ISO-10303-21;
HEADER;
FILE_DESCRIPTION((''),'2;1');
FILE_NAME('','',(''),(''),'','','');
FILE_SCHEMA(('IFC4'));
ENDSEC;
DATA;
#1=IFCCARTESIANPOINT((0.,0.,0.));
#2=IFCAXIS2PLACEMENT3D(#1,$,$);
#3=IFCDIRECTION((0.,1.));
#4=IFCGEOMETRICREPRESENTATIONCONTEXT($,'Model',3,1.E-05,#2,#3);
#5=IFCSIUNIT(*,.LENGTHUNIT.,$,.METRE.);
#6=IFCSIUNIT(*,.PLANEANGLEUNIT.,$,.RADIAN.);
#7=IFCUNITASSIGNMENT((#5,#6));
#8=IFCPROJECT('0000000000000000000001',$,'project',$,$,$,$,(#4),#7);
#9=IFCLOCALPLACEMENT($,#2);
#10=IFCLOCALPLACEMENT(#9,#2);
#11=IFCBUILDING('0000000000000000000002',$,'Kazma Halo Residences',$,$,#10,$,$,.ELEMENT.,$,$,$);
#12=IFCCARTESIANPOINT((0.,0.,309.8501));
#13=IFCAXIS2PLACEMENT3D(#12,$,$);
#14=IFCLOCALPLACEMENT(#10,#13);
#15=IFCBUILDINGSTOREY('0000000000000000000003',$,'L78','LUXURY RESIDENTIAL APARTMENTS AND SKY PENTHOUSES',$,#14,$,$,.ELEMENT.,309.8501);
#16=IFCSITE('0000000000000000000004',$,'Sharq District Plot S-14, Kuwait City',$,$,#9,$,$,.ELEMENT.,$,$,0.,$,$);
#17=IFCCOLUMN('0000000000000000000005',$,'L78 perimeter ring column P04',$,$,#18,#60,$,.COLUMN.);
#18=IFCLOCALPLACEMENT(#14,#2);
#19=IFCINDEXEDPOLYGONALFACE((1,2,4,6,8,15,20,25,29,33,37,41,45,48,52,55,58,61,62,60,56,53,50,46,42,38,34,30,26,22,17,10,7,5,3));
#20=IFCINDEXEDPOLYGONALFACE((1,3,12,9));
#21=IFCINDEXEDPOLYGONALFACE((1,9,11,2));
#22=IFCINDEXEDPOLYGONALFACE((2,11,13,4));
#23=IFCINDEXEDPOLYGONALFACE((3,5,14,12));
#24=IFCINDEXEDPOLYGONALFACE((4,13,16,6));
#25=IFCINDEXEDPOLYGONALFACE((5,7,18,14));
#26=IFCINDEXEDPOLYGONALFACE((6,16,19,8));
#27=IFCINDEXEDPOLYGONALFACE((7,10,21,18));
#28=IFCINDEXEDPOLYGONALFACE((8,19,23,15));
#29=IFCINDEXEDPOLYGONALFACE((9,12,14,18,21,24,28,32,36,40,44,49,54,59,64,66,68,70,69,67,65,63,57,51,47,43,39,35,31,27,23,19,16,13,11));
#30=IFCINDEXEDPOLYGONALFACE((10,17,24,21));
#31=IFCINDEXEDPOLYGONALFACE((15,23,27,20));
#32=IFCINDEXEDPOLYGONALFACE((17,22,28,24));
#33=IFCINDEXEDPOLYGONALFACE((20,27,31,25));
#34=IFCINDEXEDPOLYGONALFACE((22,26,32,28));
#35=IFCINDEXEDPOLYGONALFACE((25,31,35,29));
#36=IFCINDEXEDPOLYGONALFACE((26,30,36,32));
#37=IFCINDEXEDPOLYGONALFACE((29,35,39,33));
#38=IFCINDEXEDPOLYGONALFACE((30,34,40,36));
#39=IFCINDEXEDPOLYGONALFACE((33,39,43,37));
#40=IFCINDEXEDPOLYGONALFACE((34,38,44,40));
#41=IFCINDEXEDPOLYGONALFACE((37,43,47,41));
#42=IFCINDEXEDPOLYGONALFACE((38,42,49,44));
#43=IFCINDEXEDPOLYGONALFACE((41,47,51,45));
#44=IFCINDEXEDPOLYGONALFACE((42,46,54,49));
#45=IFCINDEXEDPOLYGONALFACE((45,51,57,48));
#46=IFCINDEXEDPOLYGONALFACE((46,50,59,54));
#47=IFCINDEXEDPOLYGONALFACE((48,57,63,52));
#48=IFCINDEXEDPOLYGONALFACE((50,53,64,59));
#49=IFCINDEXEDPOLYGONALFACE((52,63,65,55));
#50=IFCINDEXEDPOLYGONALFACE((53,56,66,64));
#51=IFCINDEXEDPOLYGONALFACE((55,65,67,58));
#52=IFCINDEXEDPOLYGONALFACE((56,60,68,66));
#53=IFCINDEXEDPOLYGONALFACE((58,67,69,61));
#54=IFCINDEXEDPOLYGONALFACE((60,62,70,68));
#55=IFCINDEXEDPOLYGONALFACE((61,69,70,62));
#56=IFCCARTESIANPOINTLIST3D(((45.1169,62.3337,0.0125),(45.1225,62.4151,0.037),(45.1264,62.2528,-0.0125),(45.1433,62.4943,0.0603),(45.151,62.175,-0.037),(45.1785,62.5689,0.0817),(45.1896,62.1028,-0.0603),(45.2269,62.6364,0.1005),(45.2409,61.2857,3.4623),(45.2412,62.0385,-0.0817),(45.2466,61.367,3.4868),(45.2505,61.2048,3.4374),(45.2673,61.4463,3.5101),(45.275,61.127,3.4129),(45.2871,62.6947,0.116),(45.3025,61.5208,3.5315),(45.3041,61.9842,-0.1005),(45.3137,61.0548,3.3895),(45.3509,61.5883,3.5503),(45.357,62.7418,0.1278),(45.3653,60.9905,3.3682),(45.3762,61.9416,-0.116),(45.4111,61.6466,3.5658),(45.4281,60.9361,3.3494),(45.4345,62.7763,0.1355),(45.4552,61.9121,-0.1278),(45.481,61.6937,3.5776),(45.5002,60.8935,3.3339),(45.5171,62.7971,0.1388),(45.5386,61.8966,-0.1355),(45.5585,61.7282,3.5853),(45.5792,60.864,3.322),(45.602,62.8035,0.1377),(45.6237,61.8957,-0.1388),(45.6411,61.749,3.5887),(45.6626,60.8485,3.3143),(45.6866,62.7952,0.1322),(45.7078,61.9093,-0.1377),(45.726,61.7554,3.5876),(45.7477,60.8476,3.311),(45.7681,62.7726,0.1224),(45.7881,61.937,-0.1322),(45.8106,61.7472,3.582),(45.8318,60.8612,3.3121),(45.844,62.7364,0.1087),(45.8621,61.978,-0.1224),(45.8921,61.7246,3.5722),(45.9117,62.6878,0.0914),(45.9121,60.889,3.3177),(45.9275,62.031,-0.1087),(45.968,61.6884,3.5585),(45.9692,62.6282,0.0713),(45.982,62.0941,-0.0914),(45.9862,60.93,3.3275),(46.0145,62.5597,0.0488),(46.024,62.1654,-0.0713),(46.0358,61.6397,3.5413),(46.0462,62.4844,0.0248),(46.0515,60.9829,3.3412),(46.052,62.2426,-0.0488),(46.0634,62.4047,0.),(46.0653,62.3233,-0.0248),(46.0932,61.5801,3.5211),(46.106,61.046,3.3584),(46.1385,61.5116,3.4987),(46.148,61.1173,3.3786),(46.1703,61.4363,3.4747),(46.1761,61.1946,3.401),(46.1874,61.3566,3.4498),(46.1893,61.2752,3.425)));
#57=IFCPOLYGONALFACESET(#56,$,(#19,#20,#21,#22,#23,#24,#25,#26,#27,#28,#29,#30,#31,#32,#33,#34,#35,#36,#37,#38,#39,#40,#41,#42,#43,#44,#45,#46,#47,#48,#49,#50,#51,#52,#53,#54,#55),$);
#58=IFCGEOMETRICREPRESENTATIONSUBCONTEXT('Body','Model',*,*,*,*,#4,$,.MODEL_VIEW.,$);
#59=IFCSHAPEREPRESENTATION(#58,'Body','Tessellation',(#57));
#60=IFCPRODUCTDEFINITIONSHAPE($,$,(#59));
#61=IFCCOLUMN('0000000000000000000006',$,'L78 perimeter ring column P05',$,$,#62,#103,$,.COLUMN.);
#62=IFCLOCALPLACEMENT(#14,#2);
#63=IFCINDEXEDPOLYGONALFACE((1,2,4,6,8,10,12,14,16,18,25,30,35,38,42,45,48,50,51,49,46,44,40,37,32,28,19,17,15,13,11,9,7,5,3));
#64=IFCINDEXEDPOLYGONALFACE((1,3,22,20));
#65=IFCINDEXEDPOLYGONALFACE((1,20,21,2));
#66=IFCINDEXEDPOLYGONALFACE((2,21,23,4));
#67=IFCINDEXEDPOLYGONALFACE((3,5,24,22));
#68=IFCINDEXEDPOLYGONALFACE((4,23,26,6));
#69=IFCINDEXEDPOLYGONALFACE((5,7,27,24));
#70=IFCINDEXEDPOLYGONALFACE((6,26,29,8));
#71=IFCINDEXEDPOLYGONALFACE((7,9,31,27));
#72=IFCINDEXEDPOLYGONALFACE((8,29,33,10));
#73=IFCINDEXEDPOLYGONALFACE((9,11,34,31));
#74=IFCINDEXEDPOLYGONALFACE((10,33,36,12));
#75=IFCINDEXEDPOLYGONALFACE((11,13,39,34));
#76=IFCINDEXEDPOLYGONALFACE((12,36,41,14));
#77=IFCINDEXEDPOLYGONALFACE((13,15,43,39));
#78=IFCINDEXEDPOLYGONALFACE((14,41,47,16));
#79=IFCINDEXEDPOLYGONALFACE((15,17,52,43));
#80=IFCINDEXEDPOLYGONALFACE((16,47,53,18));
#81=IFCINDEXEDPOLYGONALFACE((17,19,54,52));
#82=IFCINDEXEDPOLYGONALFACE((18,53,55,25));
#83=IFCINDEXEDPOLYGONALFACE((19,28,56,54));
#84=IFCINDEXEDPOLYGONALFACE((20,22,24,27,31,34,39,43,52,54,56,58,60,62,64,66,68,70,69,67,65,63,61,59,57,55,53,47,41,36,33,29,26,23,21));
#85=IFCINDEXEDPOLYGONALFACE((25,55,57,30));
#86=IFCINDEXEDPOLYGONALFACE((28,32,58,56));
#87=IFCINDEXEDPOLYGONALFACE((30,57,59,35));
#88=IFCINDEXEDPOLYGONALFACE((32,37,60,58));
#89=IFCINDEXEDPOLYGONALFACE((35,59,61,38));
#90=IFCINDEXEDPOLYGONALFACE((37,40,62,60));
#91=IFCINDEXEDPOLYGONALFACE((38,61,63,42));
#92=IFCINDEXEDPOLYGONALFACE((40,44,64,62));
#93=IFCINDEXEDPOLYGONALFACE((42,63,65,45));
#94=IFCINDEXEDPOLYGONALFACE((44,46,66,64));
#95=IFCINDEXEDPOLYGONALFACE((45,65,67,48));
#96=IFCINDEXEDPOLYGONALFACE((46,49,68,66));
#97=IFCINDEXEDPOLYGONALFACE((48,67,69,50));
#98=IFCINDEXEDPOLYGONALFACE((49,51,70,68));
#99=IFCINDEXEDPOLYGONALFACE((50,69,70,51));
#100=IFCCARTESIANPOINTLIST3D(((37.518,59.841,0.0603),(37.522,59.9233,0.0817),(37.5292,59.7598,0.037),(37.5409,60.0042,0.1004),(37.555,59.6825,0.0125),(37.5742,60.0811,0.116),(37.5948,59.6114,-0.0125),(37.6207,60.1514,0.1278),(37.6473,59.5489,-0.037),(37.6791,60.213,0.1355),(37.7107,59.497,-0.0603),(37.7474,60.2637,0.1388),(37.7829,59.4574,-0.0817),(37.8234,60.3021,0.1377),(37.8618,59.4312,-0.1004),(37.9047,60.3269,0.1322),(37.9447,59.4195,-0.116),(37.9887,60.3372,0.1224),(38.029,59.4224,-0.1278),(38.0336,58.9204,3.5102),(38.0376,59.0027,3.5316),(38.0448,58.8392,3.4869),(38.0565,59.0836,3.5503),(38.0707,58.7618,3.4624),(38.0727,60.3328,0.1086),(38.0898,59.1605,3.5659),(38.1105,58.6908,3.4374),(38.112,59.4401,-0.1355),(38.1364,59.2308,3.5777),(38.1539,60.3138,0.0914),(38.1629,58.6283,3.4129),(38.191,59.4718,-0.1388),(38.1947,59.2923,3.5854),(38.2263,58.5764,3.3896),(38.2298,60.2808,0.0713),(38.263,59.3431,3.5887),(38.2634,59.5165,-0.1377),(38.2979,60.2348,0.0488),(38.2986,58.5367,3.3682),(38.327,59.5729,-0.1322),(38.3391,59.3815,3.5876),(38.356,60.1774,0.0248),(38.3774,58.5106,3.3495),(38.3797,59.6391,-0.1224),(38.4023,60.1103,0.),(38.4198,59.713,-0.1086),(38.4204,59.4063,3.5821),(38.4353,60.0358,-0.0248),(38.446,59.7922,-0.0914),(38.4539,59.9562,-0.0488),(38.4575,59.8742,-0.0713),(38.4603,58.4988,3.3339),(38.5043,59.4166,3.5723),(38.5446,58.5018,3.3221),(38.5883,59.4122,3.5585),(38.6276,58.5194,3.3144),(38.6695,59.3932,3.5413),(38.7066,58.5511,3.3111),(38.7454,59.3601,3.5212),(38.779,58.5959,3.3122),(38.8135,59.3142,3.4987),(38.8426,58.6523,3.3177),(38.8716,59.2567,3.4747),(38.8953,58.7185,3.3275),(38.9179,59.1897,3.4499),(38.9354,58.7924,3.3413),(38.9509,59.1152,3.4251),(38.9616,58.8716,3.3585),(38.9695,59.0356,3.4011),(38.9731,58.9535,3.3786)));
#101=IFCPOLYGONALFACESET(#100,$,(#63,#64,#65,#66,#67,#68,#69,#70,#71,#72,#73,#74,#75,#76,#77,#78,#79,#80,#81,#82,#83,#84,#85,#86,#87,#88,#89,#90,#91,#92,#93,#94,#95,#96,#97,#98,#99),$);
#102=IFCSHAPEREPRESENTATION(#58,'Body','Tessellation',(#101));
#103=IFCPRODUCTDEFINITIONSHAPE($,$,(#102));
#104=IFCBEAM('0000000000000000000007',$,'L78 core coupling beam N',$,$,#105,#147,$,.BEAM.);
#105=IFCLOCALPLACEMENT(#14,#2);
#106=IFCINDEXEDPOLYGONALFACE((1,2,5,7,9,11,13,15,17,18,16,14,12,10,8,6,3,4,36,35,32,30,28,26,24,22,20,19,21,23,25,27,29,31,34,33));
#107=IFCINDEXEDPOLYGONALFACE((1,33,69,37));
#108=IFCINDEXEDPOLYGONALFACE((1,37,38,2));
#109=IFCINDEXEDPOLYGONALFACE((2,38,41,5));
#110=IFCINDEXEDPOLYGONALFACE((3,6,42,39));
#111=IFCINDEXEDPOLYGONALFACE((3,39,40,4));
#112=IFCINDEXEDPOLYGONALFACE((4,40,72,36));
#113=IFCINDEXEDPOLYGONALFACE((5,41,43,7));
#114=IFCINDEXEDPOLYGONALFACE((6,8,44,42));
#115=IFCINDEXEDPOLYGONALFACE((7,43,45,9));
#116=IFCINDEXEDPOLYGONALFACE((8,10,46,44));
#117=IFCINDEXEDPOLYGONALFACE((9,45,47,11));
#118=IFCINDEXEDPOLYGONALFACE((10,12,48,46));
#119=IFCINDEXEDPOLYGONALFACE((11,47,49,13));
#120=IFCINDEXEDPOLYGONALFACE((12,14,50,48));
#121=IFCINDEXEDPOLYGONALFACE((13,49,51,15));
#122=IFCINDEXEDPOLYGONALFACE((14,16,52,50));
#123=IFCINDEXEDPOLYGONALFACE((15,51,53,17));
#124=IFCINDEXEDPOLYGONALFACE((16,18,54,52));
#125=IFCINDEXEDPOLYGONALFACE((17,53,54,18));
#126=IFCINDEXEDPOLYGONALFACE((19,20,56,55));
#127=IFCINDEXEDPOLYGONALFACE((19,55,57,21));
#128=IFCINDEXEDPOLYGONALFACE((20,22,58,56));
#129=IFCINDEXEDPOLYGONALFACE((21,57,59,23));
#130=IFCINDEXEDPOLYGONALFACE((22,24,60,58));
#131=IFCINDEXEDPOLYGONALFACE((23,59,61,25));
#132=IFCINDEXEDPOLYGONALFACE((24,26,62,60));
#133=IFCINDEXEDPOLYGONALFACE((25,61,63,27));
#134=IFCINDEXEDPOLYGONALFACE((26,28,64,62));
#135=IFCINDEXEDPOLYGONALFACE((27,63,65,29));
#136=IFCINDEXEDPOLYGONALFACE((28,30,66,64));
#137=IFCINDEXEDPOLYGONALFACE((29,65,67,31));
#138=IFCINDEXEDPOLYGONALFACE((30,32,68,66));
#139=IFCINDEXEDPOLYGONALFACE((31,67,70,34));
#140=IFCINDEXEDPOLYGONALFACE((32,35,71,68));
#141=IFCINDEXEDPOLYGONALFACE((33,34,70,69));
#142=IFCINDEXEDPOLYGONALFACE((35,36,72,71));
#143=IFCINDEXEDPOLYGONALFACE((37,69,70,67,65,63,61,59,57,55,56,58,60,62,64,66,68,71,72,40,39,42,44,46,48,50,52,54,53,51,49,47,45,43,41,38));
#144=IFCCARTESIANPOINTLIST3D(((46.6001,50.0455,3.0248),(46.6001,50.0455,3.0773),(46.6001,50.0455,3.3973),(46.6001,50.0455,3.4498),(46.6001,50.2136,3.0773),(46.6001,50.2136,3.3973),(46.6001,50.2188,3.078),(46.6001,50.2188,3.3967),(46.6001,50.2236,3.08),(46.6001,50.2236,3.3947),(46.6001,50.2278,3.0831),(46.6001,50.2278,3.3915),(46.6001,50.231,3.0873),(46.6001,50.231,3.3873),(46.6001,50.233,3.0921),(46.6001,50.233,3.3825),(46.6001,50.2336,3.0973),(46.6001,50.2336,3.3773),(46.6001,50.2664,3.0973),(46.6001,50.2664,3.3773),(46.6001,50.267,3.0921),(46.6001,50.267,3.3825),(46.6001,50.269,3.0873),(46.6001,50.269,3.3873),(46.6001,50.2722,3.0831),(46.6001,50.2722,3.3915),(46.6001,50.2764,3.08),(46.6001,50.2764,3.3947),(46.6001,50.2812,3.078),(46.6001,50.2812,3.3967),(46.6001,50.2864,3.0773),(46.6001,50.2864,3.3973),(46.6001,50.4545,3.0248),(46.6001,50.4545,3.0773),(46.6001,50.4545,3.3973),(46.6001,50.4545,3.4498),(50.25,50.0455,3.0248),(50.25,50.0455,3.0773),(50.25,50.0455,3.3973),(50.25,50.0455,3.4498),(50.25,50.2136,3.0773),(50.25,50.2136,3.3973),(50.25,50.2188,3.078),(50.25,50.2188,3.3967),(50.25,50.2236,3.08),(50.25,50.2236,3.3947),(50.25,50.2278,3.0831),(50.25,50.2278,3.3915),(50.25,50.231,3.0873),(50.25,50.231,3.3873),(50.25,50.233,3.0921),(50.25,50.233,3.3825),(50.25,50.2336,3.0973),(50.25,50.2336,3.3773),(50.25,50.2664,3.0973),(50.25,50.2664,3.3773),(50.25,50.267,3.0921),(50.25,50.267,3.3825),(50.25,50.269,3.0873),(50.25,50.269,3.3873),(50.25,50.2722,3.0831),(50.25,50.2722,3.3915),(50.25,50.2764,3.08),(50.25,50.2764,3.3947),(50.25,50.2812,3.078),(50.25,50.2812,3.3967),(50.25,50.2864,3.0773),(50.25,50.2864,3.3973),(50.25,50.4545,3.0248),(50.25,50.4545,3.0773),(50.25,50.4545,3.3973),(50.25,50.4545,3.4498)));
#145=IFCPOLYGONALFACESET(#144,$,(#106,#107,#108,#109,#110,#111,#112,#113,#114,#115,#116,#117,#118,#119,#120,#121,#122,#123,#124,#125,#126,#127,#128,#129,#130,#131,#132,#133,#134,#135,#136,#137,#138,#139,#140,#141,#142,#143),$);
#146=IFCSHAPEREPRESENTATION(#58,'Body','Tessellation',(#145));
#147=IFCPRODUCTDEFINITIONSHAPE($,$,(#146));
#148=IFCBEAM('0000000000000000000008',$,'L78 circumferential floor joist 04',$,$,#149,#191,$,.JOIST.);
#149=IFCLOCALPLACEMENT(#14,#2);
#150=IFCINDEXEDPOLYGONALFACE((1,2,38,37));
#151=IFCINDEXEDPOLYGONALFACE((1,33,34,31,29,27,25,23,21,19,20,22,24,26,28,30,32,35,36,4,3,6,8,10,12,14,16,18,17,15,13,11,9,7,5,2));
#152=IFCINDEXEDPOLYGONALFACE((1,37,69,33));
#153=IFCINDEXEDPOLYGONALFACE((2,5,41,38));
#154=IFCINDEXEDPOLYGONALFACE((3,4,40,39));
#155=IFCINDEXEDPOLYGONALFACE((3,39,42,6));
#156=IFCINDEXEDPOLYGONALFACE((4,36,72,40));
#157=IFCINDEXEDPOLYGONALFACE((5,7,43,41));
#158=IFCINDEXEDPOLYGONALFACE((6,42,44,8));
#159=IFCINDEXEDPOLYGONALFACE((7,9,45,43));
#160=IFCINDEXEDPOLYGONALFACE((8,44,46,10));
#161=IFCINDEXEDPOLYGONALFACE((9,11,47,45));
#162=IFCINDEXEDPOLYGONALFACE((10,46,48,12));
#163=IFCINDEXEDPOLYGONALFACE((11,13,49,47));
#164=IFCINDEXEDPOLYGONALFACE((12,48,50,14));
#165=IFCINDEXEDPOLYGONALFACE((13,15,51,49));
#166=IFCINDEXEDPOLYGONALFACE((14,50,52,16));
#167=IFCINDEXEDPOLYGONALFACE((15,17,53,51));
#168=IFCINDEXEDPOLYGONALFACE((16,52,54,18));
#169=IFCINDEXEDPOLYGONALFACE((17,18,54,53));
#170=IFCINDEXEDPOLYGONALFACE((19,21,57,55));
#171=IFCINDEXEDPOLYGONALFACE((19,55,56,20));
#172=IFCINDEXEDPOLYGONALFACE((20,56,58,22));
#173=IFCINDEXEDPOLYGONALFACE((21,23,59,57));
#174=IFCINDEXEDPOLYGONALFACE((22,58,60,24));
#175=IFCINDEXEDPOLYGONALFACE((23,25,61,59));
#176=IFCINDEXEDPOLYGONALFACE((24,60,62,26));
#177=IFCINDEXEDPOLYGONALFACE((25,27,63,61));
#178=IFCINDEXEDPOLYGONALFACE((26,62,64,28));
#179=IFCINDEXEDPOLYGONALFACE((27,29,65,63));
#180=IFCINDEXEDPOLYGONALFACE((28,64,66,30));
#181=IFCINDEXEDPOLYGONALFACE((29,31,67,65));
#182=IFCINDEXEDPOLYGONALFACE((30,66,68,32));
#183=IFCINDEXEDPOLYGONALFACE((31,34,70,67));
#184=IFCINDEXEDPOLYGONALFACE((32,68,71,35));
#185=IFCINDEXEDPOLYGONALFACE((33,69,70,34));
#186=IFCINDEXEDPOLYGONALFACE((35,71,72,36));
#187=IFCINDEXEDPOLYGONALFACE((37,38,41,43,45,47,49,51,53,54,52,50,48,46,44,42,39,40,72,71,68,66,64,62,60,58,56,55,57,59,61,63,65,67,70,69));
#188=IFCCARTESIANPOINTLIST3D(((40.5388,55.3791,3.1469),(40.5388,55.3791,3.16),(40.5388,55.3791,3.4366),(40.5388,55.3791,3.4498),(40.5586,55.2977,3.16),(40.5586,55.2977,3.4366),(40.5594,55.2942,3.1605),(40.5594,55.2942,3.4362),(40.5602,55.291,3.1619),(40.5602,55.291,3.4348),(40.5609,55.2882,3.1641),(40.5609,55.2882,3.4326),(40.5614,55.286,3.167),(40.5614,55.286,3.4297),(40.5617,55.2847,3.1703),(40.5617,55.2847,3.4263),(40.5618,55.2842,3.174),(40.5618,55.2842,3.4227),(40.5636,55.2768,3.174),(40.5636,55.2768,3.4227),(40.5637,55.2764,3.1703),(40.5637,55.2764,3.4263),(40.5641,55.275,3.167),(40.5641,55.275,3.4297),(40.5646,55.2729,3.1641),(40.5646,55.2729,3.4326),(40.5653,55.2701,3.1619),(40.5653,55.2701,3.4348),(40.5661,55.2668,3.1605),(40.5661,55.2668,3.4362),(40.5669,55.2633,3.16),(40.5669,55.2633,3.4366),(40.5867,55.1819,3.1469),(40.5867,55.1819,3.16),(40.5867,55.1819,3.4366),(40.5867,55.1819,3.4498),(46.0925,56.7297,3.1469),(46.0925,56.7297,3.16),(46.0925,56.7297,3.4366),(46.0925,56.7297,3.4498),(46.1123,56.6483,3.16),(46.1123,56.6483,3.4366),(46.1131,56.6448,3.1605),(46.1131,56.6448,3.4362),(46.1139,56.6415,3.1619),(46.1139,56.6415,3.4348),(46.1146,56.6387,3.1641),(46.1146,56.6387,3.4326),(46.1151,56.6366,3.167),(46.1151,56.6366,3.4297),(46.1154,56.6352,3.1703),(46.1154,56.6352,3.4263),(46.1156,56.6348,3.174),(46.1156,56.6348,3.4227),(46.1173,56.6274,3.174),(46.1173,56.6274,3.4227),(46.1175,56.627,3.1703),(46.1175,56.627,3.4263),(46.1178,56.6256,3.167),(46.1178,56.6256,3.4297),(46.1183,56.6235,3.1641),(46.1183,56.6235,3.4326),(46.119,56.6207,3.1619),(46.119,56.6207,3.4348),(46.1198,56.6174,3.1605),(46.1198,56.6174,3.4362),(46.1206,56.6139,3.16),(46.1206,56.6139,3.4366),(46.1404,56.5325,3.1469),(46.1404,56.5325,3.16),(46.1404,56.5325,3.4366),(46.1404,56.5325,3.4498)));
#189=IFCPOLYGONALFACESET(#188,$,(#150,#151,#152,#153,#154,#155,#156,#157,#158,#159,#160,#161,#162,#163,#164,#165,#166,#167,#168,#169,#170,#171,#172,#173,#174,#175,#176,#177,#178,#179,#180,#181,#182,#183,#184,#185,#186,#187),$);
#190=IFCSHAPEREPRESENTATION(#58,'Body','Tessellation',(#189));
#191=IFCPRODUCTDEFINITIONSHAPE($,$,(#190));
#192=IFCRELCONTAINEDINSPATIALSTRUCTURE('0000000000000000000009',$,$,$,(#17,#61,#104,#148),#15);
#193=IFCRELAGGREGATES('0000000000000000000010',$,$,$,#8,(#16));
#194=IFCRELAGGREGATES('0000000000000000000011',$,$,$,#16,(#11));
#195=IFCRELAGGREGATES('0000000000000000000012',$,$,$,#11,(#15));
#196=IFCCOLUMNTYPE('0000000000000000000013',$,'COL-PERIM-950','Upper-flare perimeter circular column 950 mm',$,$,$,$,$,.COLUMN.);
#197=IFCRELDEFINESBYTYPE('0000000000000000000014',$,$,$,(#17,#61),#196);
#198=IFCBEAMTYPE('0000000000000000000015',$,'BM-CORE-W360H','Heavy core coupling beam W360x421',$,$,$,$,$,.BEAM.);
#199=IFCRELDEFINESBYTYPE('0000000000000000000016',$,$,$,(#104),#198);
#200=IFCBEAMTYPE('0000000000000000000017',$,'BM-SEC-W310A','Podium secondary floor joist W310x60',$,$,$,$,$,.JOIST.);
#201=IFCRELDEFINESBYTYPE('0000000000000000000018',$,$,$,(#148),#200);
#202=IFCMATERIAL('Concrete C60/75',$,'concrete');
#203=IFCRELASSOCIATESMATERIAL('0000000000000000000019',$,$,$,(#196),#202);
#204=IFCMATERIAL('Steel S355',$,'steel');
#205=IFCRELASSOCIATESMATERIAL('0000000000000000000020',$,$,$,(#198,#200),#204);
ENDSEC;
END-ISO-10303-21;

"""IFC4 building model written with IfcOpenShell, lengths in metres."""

from ifc_helpers import new_model, si_unit, direction, frame, origin, origin_2d, place, context, subcontext, project, spatial, circle, i_section, extrude, material, material_profile, profile_set, type_object, element, save


model = new_model("IFC4")

# Units and contexts
model_context = context("Model", 3, precision=1e-05, world=origin(), true_north=direction((0.0, 1.0)))
body_context = subcontext(model_context, "Body", "Model", "MODEL_VIEW")
ifc_project = project(units=[si_unit("LENGTHUNIT", "METRE"), si_unit("PLANEANGLEUNIT", "RADIAN")], contexts=[model_context])

# Site, building, storey
site_placement = place(None, origin())
site = spatial("IfcSite", under=ifc_project, at=site_placement, Name="Sharq District Plot S-14, Kuwait City", CompositionType="ELEMENT", RefElevation=0.0)
building_placement = place(site_placement, origin())
building = spatial("IfcBuilding", under=site, at=building_placement, Name="Kazma Halo Residences", CompositionType="ELEMENT")
storey_placement = place(building_placement, frame((0.0, 0.0, 309.8501)))
storey = spatial("IfcBuildingStorey", under=building, at=storey_placement, Name="L78", Description="LUXURY RESIDENTIAL APARTMENTS AND SKY PENTHOUSES", CompositionType="ELEMENT", Elevation=309.8501)

# Columns
ifc_material_1 = material(Name="Concrete C60/75", Category="concrete")
ifc_material_profile_1 = material_profile(ifc_material_1, circle(Radius=0.4751, at=origin_2d()), Name="CIRC950")
ifc_profile_set_1 = profile_set([ifc_material_profile_1], Name="Concrete C60/75")
column_type = type_object("IfcColumnType", Name="COL-PERIM-950", Description="Upper-flare perimeter circular column 950 mm", PredefinedType="COLUMN", material=ifc_profile_set_1)
for number, where, z_axis, x_axis, name in (
    (1, (45.5916, 62.3489, 0.0), (0.034377, -0.29051, 0.956254), (0.993071, 0.117512, 0.0), "L78 perimeter ring column P04"),
    (2, (37.9878, 59.8782, 0.0), (0.142923, -0.25519, 0.956269), (0.872482, 0.488646, 0.0), "L78 perimeter ring column P05"),
):
    element("IfcColumn", number, at=place(storey_placement, frame(where, z_axis=z_axis, x_axis=x_axis)), inside=storey, type_object=column_type, Name=name, PredefinedType="COLUMN", context=body_context, shape_type="SweptSolid", body=[
        extrude(circle(Radius=0.4751, at=origin_2d()), origin(), (0.0, 0.0, 1.0), 3.6077),
    ])

# Beams
ifc_material_2 = material(Name="Steel S355", Category="steel")
ifc_material_profile_2 = material_profile(ifc_material_2, i_section(OverallWidth=0.4089, OverallDepth=0.425, WebThickness=0.0327, FlangeThickness=0.0525, FilletRadius=0.02, at=origin_2d()), Name="W360x421")
ifc_profile_set_2 = profile_set([ifc_material_profile_2], Name="Steel S355")
beam_type_1 = type_object("IfcBeamType", Name="BM-CORE-W360H", Description="Heavy core coupling beam W360x421", PredefinedType="BEAM", material=ifc_profile_set_2)
beam_1_placement = place(storey_placement, frame((46.6001, 50.25, 3.2373), z_axis=(1.0, 0.0, 0.0), x_axis=(0.0, 1.0, 0.0)))
element("IfcBeam", 3, at=beam_1_placement, inside=storey, type_object=beam_type_1, Name="L78 core coupling beam N", PredefinedType="BEAM", context=body_context, shape_type="SweptSolid", body=[
    extrude(i_section(OverallWidth=0.4089, OverallDepth=0.425, WebThickness=0.0327, FlangeThickness=0.0525, FilletRadius=0.02, at=origin_2d()), origin(), (0.0, 0.0, 1.0), 3.6499),
])
ifc_material_profile_3 = material_profile(ifc_material_2, i_section(OverallWidth=0.2029, OverallDepth=0.303, WebThickness=0.0076, FlangeThickness=0.0132, FilletRadius=0.0139, at=origin_2d()), Name="W310x60")
ifc_profile_set_3 = profile_set([ifc_material_profile_3], Name="Steel S355")
beam_type_2 = type_object("IfcBeamType", Name="BM-SEC-W310A", Description="Podium secondary floor joist W310x60", PredefinedType="JOIST", material=ifc_profile_set_3)
beam_2_placement = place(storey_placement, frame((46.1165, 56.6311, 3.2983), z_axis=(-0.97168, -0.236299, 0.0), x_axis=(0.236299, -0.97168, 0.0)))
element("IfcBeam", 4, at=beam_2_placement, inside=storey, type_object=beam_type_2, Name="L78 circumferential floor joist 04", PredefinedType="JOIST", context=body_context, shape_type="SweptSolid", body=[
    extrude(i_section(OverallWidth=0.2029, OverallDepth=0.303, WebThickness=0.0076, FlangeThickness=0.0132, FilletRadius=0.0139, at=origin_2d()), origin(), (0.0, 0.0, 1.0), 5.7156),
])

save(model, "model.ifc")
